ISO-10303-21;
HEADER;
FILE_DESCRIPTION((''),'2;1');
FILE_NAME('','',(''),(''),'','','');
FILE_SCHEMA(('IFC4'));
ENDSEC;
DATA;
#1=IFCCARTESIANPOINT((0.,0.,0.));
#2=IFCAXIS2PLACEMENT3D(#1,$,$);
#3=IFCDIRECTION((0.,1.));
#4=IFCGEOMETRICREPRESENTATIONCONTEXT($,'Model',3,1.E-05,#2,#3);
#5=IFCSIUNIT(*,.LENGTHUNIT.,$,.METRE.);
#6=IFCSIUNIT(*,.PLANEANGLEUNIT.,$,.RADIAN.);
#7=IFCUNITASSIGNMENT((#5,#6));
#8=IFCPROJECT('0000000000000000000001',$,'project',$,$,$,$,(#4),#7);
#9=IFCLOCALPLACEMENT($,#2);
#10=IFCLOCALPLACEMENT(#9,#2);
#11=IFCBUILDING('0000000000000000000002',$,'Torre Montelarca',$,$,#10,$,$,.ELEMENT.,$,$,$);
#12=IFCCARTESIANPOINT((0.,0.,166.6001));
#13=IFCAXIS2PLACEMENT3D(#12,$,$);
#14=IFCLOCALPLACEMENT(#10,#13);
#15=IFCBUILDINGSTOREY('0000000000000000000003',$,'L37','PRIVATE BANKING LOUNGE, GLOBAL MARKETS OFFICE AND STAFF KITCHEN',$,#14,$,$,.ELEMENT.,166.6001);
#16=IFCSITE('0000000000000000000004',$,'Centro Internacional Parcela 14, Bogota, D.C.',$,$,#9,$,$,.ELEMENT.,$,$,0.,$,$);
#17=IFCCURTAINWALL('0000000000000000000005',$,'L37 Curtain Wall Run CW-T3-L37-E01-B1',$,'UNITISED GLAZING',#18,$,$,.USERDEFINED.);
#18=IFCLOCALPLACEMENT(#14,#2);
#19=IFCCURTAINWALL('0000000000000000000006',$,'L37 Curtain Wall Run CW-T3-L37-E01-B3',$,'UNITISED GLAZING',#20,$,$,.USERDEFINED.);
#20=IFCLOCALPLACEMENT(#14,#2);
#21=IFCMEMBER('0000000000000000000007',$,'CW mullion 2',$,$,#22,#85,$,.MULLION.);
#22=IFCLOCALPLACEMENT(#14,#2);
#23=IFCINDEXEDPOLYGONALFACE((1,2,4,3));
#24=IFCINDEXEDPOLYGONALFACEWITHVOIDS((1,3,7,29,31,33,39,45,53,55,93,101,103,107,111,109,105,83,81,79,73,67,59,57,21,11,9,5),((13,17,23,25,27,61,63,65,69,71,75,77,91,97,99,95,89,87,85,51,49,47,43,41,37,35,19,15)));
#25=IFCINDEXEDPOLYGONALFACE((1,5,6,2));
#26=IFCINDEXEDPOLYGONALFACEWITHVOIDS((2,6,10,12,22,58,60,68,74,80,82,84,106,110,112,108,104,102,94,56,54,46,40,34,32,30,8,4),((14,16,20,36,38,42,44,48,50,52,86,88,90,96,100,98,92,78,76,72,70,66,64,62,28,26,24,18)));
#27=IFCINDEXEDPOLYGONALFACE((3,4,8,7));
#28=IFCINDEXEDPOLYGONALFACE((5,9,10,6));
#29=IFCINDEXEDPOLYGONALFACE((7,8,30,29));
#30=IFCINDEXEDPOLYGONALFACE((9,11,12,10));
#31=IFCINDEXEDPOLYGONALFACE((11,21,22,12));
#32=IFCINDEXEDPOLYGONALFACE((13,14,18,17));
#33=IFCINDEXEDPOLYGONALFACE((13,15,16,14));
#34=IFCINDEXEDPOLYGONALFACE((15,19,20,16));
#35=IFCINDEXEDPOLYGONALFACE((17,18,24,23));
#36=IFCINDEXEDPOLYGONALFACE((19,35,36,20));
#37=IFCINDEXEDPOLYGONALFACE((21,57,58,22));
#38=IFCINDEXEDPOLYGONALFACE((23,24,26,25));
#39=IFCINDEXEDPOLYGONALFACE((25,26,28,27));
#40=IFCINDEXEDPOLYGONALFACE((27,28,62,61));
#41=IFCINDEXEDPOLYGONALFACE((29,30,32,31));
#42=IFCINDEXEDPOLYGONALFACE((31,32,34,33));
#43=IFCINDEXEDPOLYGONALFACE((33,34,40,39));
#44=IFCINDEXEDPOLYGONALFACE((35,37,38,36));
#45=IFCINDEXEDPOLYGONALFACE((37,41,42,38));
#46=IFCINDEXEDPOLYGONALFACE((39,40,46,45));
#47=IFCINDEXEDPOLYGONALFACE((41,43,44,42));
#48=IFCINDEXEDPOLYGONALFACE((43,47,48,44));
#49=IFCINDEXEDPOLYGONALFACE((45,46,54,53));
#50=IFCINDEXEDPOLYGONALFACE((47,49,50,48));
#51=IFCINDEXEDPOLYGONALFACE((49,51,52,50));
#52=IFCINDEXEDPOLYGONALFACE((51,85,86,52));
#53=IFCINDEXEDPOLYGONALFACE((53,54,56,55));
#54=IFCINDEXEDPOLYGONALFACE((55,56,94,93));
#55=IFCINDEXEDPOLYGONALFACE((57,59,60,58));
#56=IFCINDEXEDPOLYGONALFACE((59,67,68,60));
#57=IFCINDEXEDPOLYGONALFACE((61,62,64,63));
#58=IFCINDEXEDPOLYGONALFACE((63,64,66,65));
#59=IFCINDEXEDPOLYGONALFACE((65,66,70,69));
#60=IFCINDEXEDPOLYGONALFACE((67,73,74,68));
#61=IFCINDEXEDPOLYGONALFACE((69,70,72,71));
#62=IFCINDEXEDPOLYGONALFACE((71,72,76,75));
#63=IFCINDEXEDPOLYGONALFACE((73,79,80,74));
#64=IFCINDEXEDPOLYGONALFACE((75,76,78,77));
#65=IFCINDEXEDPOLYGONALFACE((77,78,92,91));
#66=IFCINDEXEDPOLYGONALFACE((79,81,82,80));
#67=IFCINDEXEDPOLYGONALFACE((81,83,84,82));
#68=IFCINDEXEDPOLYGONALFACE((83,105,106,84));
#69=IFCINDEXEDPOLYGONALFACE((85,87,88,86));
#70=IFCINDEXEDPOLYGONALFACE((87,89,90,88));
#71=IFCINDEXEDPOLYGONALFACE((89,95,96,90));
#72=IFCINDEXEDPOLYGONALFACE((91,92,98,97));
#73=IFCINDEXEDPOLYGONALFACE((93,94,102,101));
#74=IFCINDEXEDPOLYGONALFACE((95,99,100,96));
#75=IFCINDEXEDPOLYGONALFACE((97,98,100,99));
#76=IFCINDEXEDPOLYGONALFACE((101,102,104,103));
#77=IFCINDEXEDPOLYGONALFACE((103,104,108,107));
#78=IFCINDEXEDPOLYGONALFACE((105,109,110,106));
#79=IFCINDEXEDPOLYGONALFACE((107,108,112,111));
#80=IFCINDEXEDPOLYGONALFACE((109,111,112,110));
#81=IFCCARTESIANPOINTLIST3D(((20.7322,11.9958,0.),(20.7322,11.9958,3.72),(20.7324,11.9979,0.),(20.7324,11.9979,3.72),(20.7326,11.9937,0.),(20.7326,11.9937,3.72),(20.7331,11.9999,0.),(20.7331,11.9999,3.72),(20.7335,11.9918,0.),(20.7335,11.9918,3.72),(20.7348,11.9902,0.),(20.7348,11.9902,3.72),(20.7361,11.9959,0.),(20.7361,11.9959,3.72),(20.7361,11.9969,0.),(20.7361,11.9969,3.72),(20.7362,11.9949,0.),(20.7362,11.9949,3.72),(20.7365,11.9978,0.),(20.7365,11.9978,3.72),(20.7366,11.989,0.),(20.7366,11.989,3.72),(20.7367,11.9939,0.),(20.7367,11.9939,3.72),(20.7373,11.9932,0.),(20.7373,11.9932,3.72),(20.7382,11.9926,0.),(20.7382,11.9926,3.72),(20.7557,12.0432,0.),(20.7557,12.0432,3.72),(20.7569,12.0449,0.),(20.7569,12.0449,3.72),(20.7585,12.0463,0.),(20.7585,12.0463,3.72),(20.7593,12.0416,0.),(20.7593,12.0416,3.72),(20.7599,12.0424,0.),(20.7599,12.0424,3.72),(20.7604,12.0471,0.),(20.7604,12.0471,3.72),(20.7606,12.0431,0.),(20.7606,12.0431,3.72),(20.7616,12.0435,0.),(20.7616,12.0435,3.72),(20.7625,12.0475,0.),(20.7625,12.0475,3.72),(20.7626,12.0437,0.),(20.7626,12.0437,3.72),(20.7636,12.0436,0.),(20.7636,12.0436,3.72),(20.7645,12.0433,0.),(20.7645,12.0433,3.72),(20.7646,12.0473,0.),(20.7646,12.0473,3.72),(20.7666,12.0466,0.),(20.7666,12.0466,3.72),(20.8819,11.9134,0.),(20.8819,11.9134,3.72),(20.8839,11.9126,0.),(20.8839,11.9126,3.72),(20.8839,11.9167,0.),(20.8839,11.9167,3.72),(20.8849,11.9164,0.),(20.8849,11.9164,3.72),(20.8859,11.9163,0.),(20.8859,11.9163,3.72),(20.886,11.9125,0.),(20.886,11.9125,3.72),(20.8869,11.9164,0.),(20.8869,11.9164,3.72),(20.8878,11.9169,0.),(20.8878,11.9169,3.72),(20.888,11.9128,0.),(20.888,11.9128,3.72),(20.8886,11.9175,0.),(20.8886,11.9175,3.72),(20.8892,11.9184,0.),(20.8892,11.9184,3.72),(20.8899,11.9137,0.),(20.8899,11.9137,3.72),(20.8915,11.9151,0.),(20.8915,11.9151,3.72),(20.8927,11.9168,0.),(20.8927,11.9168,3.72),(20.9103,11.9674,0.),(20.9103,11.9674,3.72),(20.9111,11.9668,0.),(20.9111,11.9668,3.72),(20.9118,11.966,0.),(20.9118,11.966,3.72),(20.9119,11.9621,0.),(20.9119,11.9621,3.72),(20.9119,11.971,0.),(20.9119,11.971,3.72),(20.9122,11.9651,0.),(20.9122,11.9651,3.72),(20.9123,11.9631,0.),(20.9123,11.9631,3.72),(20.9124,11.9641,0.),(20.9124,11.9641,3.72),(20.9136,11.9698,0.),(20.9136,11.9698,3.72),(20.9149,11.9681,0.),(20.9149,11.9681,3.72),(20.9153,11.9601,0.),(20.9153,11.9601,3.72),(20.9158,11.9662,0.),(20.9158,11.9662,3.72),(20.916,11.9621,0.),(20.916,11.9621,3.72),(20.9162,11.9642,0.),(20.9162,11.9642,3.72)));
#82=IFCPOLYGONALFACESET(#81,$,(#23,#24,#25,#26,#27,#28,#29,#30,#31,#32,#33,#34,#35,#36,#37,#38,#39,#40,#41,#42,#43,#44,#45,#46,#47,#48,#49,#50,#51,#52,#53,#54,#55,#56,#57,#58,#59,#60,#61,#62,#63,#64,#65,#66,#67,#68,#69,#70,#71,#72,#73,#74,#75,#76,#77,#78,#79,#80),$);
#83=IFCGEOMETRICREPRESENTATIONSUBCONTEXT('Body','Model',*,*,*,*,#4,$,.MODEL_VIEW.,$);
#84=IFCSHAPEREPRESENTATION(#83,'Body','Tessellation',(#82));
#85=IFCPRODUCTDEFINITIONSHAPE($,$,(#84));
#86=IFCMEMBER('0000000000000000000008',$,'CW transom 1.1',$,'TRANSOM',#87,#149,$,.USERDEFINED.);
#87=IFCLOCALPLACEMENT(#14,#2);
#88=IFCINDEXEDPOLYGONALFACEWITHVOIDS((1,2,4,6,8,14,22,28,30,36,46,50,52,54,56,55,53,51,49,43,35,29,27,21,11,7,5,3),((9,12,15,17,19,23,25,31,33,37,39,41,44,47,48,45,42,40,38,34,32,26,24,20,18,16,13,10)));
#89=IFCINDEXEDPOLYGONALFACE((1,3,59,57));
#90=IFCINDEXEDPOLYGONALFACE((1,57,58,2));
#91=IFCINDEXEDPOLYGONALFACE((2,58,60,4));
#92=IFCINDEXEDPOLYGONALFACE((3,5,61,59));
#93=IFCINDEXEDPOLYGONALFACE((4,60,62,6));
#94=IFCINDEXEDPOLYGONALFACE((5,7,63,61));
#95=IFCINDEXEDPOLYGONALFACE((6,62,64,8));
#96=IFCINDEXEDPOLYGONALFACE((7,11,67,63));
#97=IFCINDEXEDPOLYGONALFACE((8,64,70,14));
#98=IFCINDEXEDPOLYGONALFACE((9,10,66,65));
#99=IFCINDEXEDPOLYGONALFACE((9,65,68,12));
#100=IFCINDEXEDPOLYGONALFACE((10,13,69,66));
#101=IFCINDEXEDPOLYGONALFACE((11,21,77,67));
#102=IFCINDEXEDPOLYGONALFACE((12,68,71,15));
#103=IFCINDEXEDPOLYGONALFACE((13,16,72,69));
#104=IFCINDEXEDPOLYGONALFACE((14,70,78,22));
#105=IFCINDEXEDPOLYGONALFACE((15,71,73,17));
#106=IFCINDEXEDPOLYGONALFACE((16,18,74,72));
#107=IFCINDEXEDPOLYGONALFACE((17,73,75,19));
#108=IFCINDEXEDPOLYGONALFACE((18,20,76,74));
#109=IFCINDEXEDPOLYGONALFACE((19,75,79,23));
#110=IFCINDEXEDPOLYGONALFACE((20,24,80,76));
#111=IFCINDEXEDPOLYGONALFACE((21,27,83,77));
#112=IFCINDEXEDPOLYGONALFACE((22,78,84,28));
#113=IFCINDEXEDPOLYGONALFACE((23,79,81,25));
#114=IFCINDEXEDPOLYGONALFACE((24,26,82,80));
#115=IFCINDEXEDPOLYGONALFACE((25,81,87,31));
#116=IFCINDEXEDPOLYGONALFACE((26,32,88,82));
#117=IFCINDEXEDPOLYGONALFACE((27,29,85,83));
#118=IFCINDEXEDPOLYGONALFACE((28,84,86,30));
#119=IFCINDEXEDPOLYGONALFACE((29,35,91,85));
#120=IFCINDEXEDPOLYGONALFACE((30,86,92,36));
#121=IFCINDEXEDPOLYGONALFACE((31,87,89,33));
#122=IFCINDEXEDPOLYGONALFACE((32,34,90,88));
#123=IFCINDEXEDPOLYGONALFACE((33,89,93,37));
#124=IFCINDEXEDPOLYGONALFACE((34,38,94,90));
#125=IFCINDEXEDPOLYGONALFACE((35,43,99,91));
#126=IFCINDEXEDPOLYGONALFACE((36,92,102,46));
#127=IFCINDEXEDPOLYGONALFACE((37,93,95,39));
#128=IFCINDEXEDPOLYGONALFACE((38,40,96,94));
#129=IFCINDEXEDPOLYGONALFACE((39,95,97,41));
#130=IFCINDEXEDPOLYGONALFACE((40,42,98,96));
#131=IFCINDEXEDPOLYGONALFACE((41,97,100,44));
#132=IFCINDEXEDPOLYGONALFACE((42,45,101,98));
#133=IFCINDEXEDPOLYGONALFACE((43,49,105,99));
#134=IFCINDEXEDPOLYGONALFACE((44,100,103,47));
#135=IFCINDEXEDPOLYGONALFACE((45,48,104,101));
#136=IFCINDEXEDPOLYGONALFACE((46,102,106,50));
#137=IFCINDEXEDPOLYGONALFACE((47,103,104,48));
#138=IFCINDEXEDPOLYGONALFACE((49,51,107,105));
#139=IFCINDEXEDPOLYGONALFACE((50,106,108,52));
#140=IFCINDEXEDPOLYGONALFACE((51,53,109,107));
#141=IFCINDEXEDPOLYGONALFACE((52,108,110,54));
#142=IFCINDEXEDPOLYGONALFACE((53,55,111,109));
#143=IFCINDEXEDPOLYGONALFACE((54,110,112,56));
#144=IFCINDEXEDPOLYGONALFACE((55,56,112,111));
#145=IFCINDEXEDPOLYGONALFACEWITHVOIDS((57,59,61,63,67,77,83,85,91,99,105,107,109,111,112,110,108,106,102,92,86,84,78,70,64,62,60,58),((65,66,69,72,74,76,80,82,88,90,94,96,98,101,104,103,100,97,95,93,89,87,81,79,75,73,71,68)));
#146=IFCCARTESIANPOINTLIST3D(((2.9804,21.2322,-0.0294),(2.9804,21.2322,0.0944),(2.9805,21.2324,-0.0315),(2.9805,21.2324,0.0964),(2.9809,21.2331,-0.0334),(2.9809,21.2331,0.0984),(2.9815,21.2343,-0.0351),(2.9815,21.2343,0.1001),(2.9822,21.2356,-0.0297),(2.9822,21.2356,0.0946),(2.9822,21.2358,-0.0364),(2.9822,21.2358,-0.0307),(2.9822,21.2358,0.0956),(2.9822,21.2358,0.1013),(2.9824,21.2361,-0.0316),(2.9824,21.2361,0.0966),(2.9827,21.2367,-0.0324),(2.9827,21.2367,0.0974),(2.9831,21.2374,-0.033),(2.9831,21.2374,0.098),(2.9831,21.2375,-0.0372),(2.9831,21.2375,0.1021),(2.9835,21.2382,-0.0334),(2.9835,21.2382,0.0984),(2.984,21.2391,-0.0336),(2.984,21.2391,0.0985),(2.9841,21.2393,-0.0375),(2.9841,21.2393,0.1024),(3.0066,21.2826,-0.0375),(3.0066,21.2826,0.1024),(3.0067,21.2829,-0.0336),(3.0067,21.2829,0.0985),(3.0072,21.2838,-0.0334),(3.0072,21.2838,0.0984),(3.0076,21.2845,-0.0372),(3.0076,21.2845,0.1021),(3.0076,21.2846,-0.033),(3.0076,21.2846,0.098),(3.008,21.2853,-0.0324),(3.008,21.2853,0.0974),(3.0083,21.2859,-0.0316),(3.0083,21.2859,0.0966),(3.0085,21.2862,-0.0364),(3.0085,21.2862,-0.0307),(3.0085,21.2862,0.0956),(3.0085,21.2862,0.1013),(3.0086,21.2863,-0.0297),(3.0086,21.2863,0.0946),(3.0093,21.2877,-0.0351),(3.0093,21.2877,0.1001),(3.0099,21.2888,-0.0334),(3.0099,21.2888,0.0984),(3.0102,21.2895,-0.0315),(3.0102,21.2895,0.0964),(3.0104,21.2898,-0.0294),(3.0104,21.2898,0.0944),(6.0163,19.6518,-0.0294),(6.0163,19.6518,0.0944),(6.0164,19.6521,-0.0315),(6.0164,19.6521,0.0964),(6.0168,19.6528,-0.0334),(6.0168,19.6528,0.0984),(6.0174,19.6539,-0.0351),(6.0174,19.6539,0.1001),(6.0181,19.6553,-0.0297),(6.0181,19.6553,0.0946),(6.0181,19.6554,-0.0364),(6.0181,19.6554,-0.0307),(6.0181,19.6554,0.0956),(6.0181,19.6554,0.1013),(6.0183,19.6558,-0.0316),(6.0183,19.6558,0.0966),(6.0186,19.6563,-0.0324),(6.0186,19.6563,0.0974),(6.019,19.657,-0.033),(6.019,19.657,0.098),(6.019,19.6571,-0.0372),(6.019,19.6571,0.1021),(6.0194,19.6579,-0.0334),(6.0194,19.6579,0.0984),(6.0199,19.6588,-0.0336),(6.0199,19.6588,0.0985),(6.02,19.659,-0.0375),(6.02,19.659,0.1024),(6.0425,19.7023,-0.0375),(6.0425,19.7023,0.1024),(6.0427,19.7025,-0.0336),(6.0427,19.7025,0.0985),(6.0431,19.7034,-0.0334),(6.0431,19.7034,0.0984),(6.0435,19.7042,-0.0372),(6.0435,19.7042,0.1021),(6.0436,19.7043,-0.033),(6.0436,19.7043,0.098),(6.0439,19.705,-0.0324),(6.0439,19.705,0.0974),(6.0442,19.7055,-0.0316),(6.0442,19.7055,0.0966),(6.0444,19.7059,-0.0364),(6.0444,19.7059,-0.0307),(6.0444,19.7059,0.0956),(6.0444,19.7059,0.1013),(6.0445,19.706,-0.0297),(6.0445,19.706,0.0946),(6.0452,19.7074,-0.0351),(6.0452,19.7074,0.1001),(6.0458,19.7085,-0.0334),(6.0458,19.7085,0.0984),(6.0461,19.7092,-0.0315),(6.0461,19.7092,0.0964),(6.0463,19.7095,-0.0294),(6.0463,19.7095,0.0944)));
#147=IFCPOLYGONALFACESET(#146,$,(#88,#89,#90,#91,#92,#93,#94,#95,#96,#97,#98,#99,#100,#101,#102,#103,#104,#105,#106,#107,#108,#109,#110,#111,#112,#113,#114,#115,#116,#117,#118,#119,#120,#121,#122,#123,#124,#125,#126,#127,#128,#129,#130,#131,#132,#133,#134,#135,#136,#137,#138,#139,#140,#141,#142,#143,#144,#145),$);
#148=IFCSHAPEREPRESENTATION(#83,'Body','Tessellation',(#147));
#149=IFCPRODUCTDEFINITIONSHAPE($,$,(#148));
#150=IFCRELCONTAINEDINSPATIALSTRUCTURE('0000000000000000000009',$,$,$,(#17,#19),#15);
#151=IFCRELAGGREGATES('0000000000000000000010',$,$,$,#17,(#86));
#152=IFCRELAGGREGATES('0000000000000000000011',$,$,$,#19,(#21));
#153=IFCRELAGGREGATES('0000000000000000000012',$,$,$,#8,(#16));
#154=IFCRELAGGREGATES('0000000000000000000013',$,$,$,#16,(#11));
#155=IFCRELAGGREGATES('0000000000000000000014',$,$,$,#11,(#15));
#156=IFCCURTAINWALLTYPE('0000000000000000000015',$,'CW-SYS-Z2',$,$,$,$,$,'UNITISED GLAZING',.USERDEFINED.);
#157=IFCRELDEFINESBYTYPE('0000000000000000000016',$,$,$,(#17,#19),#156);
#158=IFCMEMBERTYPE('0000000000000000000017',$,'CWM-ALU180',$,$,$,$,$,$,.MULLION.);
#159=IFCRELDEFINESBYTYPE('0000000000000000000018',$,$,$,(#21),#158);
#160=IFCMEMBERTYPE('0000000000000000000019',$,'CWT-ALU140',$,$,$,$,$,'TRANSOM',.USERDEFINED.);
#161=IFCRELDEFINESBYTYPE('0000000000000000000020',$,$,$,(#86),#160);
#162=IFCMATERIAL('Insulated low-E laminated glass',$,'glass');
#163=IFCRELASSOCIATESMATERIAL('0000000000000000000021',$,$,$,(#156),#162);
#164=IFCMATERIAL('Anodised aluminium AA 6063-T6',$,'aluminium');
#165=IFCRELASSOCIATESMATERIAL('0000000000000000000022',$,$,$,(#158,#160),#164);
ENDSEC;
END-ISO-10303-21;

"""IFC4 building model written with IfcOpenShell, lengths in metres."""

from ifc_helpers import new_model, si_unit, direction, frame, origin, origin_2d, place, context, subcontext, project, spatial, hollow_rectangle, extrude, source, transform, mapped, material, material_profile, profile_set, type_object, element, aggregate, save


model = new_model("IFC4")

# Units and contexts
model_context = context("Model", 3, precision=1e-05, world=origin(), true_north=direction((0.0, 1.0)))
body_context = subcontext(model_context, "Body", "Model", "MODEL_VIEW")
ifc_project = project(units=[si_unit("LENGTHUNIT", "METRE"), si_unit("PLANEANGLEUNIT", "RADIAN")], contexts=[model_context])

# Site, building, storey
site_placement = place(None, origin())
site = spatial("IfcSite", under=ifc_project, at=site_placement, Name="Centro Internacional Parcela 14, Bogota, D.C.", CompositionType="ELEMENT", RefElevation=0.0)
building_placement = place(site_placement, origin())
building = spatial("IfcBuilding", under=site, at=building_placement, Name="Torre Montelarca", CompositionType="ELEMENT")
storey_placement = place(building_placement, frame((0.0, 0.0, 166.6001)))
storey = spatial("IfcBuildingStorey", under=building, at=storey_placement, Name="L37", Description="PRIVATE BANKING LOUNGE, GLOBAL MARKETS OFFICE AND STAFF KITCHEN", CompositionType="ELEMENT", Elevation=166.6001)

# Curtain walls, member
ifc_material_1 = material(Name="Insulated low-E laminated glass", Category="glass")
curtain_wall_type = type_object("IfcCurtainWallType", Name="CW-SYS-Z2", ElementType="UNITISED GLAZING", PredefinedType="USERDEFINED", material=ifc_material_1)
curtain_wall_1_placement = place(storey_placement, origin())
curtain_wall_1 = element("IfcCurtainWall", 1, at=curtain_wall_1_placement, inside=storey, type_object=curtain_wall_type, Name="L37 Curtain Wall Run CW-T3-L37-E01-B1", ObjectType="UNITISED GLAZING", PredefinedType="USERDEFINED")
ifc_material_2 = material(Name="Anodised aluminium AA 6063-T6", Category="aluminium")
ifc_material_profile_1 = material_profile(ifc_material_2, hollow_rectangle(XDim=0.0649, YDim=0.1799, WallThickness=0.0039, InnerFilletRadius=0.0039, OuterFilletRadius=0.0081, at=origin_2d()), Name="ALU65X180X4", Category="aluminium")
ifc_profile_set_1 = profile_set([ifc_material_profile_1], Name="Anodised aluminium AA 6063-T6")
member_type_1 = type_object("IfcMemberType", Name="CWM-ALU180", PredefinedType="MULLION", material=ifc_profile_set_1)
shared_shape_1 = source(origin(), body_context, "Body", "SweptSolid", [
    extrude(hollow_rectangle(XDim=0.0649, YDim=0.1799, WallThickness=0.0039, InnerFilletRadius=0.0039, OuterFilletRadius=0.0081, at=origin_2d()), origin(), (0.0, 0.0, 1.0), 3.72),
])
curtain_wall_2_placement = place(storey_placement, origin())
curtain_wall_2 = element("IfcCurtainWall", 2, at=curtain_wall_2_placement, inside=storey, type_object=curtain_wall_type, Name="L37 Curtain Wall Run CW-T3-L37-E01-B3", ObjectType="UNITISED GLAZING", PredefinedType="USERDEFINED")
member_1_placement = place(storey_placement, frame((20.8242, 11.98, 0.0), z_axis=(0.0, 0.0, 1.0), x_axis=(0.461741, 0.887015, 0.0)))
member_1 = element("IfcMember", 3, at=member_1_placement, type_object=member_type_1, Name="CW mullion 2", PredefinedType="MULLION", context=body_context, shape_type="MappedRepresentation", body=[
    mapped(shared_shape_1, transform((0.0, 0.0, 0.0), scale=1.0)),
])

# Member
ifc_material_profile_2 = material_profile(ifc_material_2, hollow_rectangle(XDim=0.0649, YDim=0.1399, WallThickness=0.0039, InnerFilletRadius=0.0039, OuterFilletRadius=0.0081, at=origin_2d()), Name="ALU65X140X4", Category="aluminium")
ifc_profile_set_2 = profile_set([ifc_material_profile_2], Name="Anodised aluminium AA 6063-T6")
member_type_2 = type_object("IfcMemberType", Name="CWT-ALU140", ElementType="TRANSOM", PredefinedType="USERDEFINED", material=ifc_profile_set_2)
shared_shape_2 = source(origin(), body_context, "Body", "SweptSolid", [
    extrude(hollow_rectangle(XDim=0.0649, YDim=0.1399, WallThickness=0.0039, InnerFilletRadius=0.0039, OuterFilletRadius=0.0081, at=origin_2d()), origin(), (0.0, 0.0, 1.0), 3.4226),
])
member_2_placement = place(storey_placement, frame((2.9954, 21.261, 0.0325), z_axis=(0.887018, -0.461735, 0.0), x_axis=(0.461735, 0.887018, 0.0)))
member_2 = element("IfcMember", 4, at=member_2_placement, type_object=member_type_2, Name="CW transom 1.1", ObjectType="TRANSOM", PredefinedType="USERDEFINED", context=body_context, shape_type="MappedRepresentation", body=[
    mapped(shared_shape_2, transform((0.0, 0.0, 0.0), scale=1.0)),
])

aggregate(curtain_wall_1, [member_2])
aggregate(curtain_wall_2, [member_1])

save(model, "model.ifc")
